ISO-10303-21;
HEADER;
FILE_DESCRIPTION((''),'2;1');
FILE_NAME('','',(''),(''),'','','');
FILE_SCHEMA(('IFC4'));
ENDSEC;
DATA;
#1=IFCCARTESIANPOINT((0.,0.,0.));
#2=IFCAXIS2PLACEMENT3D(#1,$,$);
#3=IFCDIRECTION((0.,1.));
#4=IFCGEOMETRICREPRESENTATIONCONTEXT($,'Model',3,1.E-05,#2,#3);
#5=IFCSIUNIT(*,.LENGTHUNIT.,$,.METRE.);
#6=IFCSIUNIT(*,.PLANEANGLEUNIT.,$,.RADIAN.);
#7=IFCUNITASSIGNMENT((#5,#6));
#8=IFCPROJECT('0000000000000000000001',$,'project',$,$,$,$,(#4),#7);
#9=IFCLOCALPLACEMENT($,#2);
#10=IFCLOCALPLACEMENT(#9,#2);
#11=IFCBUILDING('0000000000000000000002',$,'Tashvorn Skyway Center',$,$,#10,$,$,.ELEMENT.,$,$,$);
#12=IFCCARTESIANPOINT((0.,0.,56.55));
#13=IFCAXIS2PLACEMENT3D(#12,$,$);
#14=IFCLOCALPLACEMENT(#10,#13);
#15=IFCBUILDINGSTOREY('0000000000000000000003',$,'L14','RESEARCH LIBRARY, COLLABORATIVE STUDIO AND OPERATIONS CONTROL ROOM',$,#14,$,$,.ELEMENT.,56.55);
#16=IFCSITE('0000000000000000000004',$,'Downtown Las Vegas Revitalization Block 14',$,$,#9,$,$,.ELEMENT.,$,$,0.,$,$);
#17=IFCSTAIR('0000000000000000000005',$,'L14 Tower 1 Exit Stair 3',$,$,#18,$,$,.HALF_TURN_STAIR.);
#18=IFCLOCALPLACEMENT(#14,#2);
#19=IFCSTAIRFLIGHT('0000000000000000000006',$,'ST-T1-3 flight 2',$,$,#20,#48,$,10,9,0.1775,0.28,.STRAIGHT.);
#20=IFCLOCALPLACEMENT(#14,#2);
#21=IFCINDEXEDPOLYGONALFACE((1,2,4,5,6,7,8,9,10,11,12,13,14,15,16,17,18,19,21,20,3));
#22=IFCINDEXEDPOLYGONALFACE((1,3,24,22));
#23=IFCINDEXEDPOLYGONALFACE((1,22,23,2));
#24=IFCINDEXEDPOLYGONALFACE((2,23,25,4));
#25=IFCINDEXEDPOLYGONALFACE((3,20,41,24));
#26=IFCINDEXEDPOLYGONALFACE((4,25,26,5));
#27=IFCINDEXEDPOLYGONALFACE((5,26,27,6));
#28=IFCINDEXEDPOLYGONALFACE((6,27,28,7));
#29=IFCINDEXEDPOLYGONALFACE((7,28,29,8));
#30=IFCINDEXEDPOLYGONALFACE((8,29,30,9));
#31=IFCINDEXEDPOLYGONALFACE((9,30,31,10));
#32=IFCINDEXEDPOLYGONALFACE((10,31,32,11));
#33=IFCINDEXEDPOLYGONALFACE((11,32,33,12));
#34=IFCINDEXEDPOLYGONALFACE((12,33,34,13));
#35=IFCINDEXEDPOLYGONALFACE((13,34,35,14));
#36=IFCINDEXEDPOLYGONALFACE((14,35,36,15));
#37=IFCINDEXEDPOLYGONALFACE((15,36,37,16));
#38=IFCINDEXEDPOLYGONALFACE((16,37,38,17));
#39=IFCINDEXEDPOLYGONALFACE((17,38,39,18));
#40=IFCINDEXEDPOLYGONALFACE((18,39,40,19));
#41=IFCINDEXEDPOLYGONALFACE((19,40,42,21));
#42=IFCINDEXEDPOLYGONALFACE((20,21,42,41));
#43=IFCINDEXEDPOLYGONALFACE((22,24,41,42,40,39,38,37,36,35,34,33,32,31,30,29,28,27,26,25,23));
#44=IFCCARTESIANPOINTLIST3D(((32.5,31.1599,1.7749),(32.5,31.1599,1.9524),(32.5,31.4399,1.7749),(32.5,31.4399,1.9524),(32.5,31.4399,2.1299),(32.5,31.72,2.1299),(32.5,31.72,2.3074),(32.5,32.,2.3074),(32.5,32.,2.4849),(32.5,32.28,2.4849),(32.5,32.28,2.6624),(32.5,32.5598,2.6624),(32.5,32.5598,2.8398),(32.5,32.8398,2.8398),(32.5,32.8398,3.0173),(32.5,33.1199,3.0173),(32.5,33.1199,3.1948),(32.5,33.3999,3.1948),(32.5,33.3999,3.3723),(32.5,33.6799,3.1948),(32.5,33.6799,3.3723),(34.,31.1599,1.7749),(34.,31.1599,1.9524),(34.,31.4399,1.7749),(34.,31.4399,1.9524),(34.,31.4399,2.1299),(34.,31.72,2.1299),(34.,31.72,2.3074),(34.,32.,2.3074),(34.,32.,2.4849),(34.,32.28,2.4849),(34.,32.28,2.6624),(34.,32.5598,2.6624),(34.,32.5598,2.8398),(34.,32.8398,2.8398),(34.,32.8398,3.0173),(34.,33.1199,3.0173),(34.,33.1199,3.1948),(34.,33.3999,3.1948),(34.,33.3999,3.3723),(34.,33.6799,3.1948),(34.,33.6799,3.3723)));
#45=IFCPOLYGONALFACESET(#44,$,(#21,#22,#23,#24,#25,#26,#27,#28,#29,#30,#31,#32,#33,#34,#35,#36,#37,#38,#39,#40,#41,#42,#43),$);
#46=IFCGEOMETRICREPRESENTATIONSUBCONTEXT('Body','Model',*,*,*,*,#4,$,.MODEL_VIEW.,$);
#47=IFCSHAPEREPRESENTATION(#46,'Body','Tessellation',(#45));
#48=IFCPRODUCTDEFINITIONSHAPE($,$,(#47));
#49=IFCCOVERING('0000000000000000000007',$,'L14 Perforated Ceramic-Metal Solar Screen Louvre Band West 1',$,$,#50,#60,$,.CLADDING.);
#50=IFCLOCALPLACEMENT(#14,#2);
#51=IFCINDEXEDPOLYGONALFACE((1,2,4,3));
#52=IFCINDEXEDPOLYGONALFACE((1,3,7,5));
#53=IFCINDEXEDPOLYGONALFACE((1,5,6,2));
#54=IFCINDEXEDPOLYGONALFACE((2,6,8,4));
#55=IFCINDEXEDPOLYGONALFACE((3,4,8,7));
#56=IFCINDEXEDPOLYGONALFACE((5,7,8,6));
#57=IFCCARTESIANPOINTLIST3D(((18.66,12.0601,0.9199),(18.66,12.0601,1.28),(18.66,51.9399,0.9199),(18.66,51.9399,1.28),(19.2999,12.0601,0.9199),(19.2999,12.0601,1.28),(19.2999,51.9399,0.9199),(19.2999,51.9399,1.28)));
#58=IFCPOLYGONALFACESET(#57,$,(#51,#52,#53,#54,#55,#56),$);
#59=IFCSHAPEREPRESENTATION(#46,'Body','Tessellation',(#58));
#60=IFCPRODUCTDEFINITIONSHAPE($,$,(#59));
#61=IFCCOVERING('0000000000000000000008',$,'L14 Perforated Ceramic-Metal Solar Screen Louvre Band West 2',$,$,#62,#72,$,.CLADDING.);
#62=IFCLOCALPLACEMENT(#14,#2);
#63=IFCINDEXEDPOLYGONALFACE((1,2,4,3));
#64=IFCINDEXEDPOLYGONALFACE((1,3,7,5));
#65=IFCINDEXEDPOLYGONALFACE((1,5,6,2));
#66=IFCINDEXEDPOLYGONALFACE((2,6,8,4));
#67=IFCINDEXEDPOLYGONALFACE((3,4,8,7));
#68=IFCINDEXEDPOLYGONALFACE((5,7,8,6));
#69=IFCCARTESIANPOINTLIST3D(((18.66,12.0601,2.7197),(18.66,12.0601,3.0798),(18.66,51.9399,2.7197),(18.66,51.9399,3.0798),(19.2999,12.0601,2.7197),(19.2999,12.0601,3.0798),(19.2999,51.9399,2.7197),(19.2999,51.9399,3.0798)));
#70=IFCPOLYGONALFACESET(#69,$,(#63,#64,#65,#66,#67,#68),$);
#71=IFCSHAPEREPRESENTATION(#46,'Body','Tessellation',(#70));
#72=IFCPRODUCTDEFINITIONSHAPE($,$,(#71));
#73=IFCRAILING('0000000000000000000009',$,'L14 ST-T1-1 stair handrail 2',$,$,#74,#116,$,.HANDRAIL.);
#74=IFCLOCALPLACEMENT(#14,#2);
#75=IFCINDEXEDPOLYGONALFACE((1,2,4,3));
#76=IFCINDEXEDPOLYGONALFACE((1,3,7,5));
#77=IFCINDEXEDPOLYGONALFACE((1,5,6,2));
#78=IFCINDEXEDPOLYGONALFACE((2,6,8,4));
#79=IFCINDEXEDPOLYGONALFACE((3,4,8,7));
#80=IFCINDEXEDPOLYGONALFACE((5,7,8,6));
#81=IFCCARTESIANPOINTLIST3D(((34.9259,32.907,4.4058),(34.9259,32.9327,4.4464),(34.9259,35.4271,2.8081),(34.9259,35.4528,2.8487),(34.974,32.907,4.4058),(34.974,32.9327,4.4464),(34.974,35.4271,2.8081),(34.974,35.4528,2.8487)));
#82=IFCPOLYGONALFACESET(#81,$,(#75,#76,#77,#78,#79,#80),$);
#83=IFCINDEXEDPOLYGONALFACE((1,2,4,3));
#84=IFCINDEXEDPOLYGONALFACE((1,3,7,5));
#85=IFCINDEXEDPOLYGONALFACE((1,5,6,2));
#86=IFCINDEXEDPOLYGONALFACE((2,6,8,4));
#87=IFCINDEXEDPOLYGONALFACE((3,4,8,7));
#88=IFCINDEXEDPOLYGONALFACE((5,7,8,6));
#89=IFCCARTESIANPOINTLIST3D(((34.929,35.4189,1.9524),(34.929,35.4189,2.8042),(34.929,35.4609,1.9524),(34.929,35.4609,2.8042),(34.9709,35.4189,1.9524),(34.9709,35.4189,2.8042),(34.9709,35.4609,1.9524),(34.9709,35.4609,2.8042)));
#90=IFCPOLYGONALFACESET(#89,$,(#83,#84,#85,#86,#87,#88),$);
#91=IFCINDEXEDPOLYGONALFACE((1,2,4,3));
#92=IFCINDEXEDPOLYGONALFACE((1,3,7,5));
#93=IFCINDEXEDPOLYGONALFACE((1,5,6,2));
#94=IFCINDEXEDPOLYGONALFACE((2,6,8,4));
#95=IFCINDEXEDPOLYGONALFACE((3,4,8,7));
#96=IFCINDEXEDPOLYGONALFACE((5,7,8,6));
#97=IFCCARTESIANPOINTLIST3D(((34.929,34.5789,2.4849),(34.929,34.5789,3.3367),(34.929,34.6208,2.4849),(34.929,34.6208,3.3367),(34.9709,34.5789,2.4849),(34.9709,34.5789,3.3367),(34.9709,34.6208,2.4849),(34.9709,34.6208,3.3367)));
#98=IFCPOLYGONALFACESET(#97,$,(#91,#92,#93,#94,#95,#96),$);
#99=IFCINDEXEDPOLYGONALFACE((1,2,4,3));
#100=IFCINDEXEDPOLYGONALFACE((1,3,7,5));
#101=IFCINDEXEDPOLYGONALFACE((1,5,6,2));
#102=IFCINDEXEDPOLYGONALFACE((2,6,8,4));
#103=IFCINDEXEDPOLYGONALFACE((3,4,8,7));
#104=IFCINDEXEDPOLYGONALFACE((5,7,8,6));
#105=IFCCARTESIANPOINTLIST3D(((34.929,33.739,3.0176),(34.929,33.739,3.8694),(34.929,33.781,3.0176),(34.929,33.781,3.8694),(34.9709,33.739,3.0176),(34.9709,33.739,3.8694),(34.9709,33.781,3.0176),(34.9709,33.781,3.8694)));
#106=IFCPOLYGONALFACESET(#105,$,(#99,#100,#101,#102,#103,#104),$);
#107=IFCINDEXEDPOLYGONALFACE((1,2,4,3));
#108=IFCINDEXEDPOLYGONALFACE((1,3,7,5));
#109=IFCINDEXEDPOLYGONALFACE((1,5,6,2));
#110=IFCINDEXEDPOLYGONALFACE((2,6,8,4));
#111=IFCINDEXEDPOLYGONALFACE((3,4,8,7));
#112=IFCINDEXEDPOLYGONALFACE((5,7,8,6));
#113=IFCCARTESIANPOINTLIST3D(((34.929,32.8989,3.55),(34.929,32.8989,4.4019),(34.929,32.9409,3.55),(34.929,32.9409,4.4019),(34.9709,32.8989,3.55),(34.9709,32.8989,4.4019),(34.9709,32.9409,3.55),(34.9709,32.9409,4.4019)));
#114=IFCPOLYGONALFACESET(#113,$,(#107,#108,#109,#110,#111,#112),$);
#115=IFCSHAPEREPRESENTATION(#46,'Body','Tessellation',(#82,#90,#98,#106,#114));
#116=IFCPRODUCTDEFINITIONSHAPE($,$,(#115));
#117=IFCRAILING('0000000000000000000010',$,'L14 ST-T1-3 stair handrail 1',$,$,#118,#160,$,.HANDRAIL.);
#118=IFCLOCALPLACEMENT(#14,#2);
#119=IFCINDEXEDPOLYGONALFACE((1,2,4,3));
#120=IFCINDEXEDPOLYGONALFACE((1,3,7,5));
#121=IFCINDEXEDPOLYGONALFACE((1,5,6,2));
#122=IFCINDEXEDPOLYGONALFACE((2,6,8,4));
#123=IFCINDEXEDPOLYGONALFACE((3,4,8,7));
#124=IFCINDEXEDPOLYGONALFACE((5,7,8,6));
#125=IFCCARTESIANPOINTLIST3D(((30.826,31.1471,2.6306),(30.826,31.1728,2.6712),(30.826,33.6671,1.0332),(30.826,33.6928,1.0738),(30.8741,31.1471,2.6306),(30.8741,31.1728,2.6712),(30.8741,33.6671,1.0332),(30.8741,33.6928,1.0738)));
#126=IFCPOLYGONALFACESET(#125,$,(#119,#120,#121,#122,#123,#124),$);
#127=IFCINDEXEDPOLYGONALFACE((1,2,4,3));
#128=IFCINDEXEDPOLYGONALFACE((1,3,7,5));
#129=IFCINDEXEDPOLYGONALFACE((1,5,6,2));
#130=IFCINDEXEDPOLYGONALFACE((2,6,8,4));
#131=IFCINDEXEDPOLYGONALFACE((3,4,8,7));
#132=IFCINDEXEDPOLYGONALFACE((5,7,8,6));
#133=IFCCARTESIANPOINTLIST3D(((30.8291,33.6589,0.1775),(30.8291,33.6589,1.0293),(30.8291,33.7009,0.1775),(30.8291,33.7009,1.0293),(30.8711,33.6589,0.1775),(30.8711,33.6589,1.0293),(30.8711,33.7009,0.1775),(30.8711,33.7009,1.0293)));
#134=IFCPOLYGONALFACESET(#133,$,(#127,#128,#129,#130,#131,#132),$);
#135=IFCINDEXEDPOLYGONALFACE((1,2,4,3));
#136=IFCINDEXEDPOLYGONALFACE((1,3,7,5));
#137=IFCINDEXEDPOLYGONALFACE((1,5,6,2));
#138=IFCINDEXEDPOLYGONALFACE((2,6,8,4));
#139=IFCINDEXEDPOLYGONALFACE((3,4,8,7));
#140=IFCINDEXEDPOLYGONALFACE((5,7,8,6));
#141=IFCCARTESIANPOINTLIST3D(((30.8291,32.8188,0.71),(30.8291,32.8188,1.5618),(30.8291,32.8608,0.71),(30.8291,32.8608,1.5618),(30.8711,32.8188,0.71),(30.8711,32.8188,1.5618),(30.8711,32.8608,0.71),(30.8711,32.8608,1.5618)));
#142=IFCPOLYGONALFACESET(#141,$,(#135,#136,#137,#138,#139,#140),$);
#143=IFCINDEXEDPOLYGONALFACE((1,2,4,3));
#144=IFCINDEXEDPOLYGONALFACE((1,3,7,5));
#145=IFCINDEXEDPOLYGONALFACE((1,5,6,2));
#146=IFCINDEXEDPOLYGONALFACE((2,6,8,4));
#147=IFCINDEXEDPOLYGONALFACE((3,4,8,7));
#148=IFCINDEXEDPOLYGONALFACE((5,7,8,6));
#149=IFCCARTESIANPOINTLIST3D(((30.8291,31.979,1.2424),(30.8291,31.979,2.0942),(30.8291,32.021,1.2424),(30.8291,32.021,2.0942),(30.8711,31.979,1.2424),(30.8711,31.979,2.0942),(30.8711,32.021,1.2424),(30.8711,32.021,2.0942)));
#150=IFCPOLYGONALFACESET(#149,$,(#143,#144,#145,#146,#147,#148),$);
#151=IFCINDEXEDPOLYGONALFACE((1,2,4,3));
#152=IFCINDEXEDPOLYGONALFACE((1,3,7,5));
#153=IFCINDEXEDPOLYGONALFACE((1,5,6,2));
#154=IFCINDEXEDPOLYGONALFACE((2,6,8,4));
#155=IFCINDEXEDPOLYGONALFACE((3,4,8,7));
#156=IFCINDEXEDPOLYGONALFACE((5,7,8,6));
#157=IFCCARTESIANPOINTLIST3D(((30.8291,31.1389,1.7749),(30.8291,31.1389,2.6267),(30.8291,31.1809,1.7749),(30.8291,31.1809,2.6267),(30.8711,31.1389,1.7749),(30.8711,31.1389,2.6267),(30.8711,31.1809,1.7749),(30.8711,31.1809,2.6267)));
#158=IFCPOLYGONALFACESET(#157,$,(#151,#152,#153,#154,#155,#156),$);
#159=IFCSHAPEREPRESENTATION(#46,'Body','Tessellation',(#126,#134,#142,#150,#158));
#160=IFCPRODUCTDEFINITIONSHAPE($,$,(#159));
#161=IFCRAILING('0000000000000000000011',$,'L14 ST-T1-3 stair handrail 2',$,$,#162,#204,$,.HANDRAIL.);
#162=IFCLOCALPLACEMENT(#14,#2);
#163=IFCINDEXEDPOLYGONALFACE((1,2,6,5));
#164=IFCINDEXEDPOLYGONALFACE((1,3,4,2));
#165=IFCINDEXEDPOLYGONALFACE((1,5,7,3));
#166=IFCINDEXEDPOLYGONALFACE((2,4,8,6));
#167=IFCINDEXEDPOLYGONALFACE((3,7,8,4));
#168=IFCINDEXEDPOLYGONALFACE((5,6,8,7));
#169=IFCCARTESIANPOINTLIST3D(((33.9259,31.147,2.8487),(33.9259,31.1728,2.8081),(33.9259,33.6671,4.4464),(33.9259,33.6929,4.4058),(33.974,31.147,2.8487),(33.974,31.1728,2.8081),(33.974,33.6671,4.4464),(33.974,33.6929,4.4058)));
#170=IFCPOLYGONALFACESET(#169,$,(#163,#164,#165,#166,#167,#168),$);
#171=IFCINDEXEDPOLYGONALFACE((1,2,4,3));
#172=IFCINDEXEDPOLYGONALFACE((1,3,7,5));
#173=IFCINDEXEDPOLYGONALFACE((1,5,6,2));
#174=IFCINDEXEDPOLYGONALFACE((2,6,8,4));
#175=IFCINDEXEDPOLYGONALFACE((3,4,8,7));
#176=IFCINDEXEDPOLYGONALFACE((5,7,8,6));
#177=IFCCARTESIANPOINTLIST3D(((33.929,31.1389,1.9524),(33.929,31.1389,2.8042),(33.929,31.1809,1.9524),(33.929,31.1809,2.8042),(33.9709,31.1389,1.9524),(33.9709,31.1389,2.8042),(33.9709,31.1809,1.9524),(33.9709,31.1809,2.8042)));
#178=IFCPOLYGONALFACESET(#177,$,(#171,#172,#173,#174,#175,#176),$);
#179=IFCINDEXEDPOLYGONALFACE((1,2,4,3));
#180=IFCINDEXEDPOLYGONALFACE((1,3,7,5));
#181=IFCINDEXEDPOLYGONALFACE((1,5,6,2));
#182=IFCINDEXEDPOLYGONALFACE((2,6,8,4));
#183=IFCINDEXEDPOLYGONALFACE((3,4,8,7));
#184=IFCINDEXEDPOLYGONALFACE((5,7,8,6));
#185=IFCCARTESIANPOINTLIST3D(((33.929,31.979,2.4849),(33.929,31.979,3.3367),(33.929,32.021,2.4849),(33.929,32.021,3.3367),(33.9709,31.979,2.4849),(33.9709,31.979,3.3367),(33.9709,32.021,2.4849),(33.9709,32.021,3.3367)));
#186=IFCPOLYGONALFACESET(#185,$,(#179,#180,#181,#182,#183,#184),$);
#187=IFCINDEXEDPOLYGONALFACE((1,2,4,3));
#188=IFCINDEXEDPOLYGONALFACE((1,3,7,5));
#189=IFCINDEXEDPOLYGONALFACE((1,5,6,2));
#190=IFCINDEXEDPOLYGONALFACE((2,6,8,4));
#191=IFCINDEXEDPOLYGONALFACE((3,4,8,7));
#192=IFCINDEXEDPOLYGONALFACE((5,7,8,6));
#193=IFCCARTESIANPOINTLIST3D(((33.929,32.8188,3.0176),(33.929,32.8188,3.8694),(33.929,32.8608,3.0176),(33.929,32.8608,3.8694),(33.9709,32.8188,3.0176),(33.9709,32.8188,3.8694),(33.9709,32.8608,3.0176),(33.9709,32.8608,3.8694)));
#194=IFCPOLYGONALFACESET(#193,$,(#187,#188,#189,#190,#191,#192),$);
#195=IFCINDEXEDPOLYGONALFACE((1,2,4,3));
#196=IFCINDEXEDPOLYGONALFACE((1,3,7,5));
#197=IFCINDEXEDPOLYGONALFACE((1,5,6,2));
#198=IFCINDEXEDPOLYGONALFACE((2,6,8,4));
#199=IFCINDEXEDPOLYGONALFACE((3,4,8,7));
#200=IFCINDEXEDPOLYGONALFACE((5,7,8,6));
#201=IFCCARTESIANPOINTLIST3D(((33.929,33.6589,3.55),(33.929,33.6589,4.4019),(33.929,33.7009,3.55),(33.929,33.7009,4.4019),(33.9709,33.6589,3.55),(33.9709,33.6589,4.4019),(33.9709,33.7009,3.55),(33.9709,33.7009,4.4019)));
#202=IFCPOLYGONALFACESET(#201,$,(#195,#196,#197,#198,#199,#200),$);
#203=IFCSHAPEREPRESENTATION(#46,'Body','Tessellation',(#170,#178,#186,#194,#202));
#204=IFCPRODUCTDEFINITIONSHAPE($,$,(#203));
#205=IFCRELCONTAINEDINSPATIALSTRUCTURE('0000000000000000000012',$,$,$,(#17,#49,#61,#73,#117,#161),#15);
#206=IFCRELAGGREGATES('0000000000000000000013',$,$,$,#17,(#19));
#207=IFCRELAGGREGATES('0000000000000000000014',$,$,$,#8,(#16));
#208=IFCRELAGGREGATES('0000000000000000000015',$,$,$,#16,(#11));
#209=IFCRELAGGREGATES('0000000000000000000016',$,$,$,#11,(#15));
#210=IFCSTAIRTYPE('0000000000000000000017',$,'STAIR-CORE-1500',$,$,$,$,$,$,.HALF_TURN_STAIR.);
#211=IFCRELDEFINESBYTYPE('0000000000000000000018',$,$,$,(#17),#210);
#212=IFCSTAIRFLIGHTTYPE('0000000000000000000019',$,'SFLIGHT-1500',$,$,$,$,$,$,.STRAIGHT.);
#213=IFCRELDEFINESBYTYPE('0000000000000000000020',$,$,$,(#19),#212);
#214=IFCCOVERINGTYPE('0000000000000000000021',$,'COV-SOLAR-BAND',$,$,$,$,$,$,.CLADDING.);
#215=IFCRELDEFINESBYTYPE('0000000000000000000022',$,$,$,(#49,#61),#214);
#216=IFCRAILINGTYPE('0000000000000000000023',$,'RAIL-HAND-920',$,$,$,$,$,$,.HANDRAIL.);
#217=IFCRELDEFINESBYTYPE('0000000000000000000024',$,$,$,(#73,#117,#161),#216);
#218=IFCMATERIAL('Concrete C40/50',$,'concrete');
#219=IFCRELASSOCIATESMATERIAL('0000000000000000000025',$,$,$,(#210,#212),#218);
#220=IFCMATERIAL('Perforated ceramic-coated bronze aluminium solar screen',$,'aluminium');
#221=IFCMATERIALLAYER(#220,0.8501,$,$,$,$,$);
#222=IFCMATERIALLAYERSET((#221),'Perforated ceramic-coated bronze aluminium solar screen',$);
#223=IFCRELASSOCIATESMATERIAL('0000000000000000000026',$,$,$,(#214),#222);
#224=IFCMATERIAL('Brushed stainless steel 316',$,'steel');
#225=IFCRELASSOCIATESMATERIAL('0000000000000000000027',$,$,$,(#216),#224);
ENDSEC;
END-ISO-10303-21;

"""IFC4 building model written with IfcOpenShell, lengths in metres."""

from ifc_helpers import new_model, si_unit, direction, frame, origin, origin_2d, place, context, subcontext, project, spatial, polyline, rectangle, outline, extrude, material, layer, layer_set, type_object, element, aggregate, save


model = new_model("IFC4")

# Units and contexts
model_context = context("Model", 3, precision=1e-05, world=origin(), true_north=direction((0.0, 1.0)))
body_context = subcontext(model_context, "Body", "Model", "MODEL_VIEW")
ifc_project = project(units=[si_unit("LENGTHUNIT", "METRE"), si_unit("PLANEANGLEUNIT", "RADIAN")], contexts=[model_context])

# Site, building, storey
site_placement = place(None, origin())
site = spatial("IfcSite", under=ifc_project, at=site_placement, Name="Downtown Las Vegas Revitalization Block 14", CompositionType="ELEMENT", RefElevation=0.0)
building_placement = place(site_placement, origin())
building = spatial("IfcBuilding", under=site, at=building_placement, Name="Tashvorn Skyway Center", CompositionType="ELEMENT")
storey_placement = place(building_placement, frame((0.0, 0.0, 56.55)))
storey = spatial("IfcBuildingStorey", under=building, at=storey_placement, Name="L14", Description="RESEARCH LIBRARY, COLLABORATIVE STUDIO AND OPERATIONS CONTROL ROOM", CompositionType="ELEMENT", Elevation=56.55)

# Shared definitions
ifc_material_1 = material(Name="Concrete C40/50", Category="concrete")

# Shared definitions
stair_type = type_object("IfcStairType", Name="STAIR-CORE-1500", PredefinedType="HALF_TURN_STAIR", material=ifc_material_1)
stair_flight_type = type_object("IfcStairFlightType", Name="SFLIGHT-1500", PredefinedType="STRAIGHT", material=ifc_material_1)

# Stair, stair flight
stair_1_placement = place(storey_placement, origin())
stair_1 = element("IfcStair", 1, at=stair_1_placement, inside=storey, type_object=stair_type, Name="L14 Tower 1 Exit Stair 3", PredefinedType="HALF_TURN_STAIR")
stair_flight_1_placement = place(storey_placement, frame((33.25, 31.1599, 1.7749), z_axis=(0.0, 0.0, 1.0), x_axis=(0.0, 1.0, 0.0)))
stair_flight_1 = element("IfcStairFlight", 2, at=stair_flight_1_placement, type_object=stair_flight_type, Name="ST-T1-3 flight 2", NumberOfRisers=10, NumberOfTreads=9, PredefinedType="STRAIGHT", RiserHeight=0.1775, TreadLength=0.28, context=body_context, shape_type="SweptSolid", body=[
    extrude(outline(polyline([(0.0, 0.0), (0.0, 0.1775), (0.28, 0.1775), (0.28, 0.355), (0.5601, 0.355), (0.5601, 0.5325), (0.8401, 0.5325), (0.8401, 0.71), (1.1201, 0.71), (1.1201, 0.8875), (1.3999, 0.8875), (1.3999, 1.0649), (1.6799, 1.0649), (1.6799, 1.2424), (1.96, 1.2424), (1.96, 1.4199), (2.24, 1.4199), (2.24, 1.5974), (2.52, 1.5974), (2.52, 1.7749), (2.52, 1.4199), (0.28, 0.0), (0.0, 0.0)])), frame((0.0, 0.75, 0.0), z_axis=(0.0, -1.0, 0.0), x_axis=(1.0, 0.0, 0.0)), (0.0, 0.0, 1.0), 1.5),
])
aggregate(stair_1, [stair_flight_1])

# Coverings
ifc_material_2 = material(Name="Perforated ceramic-coated bronze aluminium solar screen", Category="aluminium")
ifc_layer_1 = layer(ifc_material_2, 0.8501)
ifc_layer_set_1 = layer_set([ifc_layer_1], Name="Perforated ceramic-coated bronze aluminium solar screen")
covering_type = type_object("IfcCoveringType", Name="COV-SOLAR-BAND", PredefinedType="CLADDING", material=ifc_layer_set_1)
for number, where, z_axis, x_axis, name in (
    (3, (18.98, 32.0, 0.9199), (0.0, 0.0, 1.0), (0.0, 1.0, 0.0), "L14 Perforated Ceramic-Metal Solar Screen Louvre Band West 1"),
    (4, (18.98, 32.0, 2.7197), (0.0, 0.0, 1.0), (0.0, 1.0, 0.0), "L14 Perforated Ceramic-Metal Solar Screen Louvre Band West 2"),
):
    element("IfcCovering", number, at=place(storey_placement, frame(where, z_axis=z_axis, x_axis=x_axis)), inside=storey, type_object=covering_type, Name=name, PredefinedType="CLADDING", context=body_context, shape_type="SweptSolid", body=[
        extrude(rectangle(XDim=39.8799, YDim=0.6399, at=origin_2d()), origin(), (0.0, 0.0, 1.0), 0.3601),
    ])

# Railings
ifc_material_3 = material(Name="Brushed stainless steel 316", Category="steel")
railing_type_1 = type_object("IfcRailingType", Name="RAIL-HAND-920", PredefinedType="HANDRAIL", material=ifc_material_3)
railing_1_placement = place(storey_placement, frame((34.95, 35.4399, 1.9524)))
element("IfcRailing", 5, at=railing_1_placement, inside=storey, type_object=railing_type_1, Name="L14 ST-T1-1 stair handrail 2", PredefinedType="HANDRAIL", context=body_context, shape_type="SweptSolid", body=[
    extrude(rectangle(XDim=0.0481, YDim=0.0481, at=origin_2d()), frame((0.0, 0.0, 0.876), z_axis=(0.0, -0.84457, 0.535445), x_axis=(1.0, 0.0, 0.0)), (0.0, 0.0, 1.0), 2.9839),
    extrude(rectangle(XDim=0.042, YDim=0.042, at=origin_2d()), origin(), (0.0, 0.0, 1.0), 0.8518),
    extrude(rectangle(XDim=0.042, YDim=0.042, at=origin_2d()), frame((0.0, -0.8401, 0.5325)), (0.0, 0.0, 1.0), 0.8518),
    extrude(rectangle(XDim=0.042, YDim=0.042, at=origin_2d()), frame((0.0, -1.6799, 1.0652)), (0.0, 0.0, 1.0), 0.8518),
    extrude(rectangle(XDim=0.042, YDim=0.042, at=origin_2d()), frame((0.0, -2.52, 1.5977)), (0.0, 0.0, 1.0), 0.8518),
])
railing_2_placement = place(storey_placement, frame((30.8501, 33.6799, 0.1775)))
element("IfcRailing", 6, at=railing_2_placement, inside=storey, type_object=railing_type_1, Name="L14 ST-T1-3 stair handrail 1", PredefinedType="HANDRAIL", context=body_context, shape_type="SweptSolid", body=[
    extrude(rectangle(XDim=0.0481, YDim=0.0481, at=origin_2d()), frame((0.0, 0.0, 0.876), z_axis=(0.0, -0.844607, 0.535387), x_axis=(1.0, 0.0, 0.0)), (0.0, 0.0, 1.0), 2.9836),
    extrude(rectangle(XDim=0.042, YDim=0.042, at=origin_2d()), origin(), (0.0, 0.0, 1.0), 0.8518),
    extrude(rectangle(XDim=0.042, YDim=0.042, at=origin_2d()), frame((0.0, -0.8401, 0.5325)), (0.0, 0.0, 1.0), 0.8518),
    extrude(rectangle(XDim=0.042, YDim=0.042, at=origin_2d()), frame((0.0, -1.6799, 1.0649)), (0.0, 0.0, 1.0), 0.8518),
    extrude(rectangle(XDim=0.042, YDim=0.042, at=origin_2d()), frame((0.0, -2.52, 1.5974)), (0.0, 0.0, 1.0), 0.8518),
])
railing_3_placement = place(storey_placement, frame((33.95, 31.1599, 1.9524)))
element("IfcRailing", 7, at=railing_3_placement, inside=storey, type_object=railing_type_1, Name="L14 ST-T1-3 stair handrail 2", PredefinedType="HANDRAIL", context=body_context, shape_type="SweptSolid", body=[
    extrude(rectangle(XDim=0.0481, YDim=0.0481, at=origin_2d()), frame((0.0, 0.0, 0.876), z_axis=(0.0, 0.84457, 0.535445), x_axis=(-1.0, 0.0, 0.0)), (0.0, 0.0, 1.0), 2.9839),
    extrude(rectangle(XDim=0.042, YDim=0.042, at=origin_2d()), origin(), (0.0, 0.0, 1.0), 0.8518),
    extrude(rectangle(XDim=0.042, YDim=0.042, at=origin_2d()), frame((0.0, 0.8401, 0.5325)), (0.0, 0.0, 1.0), 0.8518),
    extrude(rectangle(XDim=0.042, YDim=0.042, at=origin_2d()), frame((0.0, 1.6799, 1.0652)), (0.0, 0.0, 1.0), 0.8518),
    extrude(rectangle(XDim=0.042, YDim=0.042, at=origin_2d()), frame((0.0, 2.52, 1.5977)), (0.0, 0.0, 1.0), 0.8518),
])

save(model, "model.ifc")
